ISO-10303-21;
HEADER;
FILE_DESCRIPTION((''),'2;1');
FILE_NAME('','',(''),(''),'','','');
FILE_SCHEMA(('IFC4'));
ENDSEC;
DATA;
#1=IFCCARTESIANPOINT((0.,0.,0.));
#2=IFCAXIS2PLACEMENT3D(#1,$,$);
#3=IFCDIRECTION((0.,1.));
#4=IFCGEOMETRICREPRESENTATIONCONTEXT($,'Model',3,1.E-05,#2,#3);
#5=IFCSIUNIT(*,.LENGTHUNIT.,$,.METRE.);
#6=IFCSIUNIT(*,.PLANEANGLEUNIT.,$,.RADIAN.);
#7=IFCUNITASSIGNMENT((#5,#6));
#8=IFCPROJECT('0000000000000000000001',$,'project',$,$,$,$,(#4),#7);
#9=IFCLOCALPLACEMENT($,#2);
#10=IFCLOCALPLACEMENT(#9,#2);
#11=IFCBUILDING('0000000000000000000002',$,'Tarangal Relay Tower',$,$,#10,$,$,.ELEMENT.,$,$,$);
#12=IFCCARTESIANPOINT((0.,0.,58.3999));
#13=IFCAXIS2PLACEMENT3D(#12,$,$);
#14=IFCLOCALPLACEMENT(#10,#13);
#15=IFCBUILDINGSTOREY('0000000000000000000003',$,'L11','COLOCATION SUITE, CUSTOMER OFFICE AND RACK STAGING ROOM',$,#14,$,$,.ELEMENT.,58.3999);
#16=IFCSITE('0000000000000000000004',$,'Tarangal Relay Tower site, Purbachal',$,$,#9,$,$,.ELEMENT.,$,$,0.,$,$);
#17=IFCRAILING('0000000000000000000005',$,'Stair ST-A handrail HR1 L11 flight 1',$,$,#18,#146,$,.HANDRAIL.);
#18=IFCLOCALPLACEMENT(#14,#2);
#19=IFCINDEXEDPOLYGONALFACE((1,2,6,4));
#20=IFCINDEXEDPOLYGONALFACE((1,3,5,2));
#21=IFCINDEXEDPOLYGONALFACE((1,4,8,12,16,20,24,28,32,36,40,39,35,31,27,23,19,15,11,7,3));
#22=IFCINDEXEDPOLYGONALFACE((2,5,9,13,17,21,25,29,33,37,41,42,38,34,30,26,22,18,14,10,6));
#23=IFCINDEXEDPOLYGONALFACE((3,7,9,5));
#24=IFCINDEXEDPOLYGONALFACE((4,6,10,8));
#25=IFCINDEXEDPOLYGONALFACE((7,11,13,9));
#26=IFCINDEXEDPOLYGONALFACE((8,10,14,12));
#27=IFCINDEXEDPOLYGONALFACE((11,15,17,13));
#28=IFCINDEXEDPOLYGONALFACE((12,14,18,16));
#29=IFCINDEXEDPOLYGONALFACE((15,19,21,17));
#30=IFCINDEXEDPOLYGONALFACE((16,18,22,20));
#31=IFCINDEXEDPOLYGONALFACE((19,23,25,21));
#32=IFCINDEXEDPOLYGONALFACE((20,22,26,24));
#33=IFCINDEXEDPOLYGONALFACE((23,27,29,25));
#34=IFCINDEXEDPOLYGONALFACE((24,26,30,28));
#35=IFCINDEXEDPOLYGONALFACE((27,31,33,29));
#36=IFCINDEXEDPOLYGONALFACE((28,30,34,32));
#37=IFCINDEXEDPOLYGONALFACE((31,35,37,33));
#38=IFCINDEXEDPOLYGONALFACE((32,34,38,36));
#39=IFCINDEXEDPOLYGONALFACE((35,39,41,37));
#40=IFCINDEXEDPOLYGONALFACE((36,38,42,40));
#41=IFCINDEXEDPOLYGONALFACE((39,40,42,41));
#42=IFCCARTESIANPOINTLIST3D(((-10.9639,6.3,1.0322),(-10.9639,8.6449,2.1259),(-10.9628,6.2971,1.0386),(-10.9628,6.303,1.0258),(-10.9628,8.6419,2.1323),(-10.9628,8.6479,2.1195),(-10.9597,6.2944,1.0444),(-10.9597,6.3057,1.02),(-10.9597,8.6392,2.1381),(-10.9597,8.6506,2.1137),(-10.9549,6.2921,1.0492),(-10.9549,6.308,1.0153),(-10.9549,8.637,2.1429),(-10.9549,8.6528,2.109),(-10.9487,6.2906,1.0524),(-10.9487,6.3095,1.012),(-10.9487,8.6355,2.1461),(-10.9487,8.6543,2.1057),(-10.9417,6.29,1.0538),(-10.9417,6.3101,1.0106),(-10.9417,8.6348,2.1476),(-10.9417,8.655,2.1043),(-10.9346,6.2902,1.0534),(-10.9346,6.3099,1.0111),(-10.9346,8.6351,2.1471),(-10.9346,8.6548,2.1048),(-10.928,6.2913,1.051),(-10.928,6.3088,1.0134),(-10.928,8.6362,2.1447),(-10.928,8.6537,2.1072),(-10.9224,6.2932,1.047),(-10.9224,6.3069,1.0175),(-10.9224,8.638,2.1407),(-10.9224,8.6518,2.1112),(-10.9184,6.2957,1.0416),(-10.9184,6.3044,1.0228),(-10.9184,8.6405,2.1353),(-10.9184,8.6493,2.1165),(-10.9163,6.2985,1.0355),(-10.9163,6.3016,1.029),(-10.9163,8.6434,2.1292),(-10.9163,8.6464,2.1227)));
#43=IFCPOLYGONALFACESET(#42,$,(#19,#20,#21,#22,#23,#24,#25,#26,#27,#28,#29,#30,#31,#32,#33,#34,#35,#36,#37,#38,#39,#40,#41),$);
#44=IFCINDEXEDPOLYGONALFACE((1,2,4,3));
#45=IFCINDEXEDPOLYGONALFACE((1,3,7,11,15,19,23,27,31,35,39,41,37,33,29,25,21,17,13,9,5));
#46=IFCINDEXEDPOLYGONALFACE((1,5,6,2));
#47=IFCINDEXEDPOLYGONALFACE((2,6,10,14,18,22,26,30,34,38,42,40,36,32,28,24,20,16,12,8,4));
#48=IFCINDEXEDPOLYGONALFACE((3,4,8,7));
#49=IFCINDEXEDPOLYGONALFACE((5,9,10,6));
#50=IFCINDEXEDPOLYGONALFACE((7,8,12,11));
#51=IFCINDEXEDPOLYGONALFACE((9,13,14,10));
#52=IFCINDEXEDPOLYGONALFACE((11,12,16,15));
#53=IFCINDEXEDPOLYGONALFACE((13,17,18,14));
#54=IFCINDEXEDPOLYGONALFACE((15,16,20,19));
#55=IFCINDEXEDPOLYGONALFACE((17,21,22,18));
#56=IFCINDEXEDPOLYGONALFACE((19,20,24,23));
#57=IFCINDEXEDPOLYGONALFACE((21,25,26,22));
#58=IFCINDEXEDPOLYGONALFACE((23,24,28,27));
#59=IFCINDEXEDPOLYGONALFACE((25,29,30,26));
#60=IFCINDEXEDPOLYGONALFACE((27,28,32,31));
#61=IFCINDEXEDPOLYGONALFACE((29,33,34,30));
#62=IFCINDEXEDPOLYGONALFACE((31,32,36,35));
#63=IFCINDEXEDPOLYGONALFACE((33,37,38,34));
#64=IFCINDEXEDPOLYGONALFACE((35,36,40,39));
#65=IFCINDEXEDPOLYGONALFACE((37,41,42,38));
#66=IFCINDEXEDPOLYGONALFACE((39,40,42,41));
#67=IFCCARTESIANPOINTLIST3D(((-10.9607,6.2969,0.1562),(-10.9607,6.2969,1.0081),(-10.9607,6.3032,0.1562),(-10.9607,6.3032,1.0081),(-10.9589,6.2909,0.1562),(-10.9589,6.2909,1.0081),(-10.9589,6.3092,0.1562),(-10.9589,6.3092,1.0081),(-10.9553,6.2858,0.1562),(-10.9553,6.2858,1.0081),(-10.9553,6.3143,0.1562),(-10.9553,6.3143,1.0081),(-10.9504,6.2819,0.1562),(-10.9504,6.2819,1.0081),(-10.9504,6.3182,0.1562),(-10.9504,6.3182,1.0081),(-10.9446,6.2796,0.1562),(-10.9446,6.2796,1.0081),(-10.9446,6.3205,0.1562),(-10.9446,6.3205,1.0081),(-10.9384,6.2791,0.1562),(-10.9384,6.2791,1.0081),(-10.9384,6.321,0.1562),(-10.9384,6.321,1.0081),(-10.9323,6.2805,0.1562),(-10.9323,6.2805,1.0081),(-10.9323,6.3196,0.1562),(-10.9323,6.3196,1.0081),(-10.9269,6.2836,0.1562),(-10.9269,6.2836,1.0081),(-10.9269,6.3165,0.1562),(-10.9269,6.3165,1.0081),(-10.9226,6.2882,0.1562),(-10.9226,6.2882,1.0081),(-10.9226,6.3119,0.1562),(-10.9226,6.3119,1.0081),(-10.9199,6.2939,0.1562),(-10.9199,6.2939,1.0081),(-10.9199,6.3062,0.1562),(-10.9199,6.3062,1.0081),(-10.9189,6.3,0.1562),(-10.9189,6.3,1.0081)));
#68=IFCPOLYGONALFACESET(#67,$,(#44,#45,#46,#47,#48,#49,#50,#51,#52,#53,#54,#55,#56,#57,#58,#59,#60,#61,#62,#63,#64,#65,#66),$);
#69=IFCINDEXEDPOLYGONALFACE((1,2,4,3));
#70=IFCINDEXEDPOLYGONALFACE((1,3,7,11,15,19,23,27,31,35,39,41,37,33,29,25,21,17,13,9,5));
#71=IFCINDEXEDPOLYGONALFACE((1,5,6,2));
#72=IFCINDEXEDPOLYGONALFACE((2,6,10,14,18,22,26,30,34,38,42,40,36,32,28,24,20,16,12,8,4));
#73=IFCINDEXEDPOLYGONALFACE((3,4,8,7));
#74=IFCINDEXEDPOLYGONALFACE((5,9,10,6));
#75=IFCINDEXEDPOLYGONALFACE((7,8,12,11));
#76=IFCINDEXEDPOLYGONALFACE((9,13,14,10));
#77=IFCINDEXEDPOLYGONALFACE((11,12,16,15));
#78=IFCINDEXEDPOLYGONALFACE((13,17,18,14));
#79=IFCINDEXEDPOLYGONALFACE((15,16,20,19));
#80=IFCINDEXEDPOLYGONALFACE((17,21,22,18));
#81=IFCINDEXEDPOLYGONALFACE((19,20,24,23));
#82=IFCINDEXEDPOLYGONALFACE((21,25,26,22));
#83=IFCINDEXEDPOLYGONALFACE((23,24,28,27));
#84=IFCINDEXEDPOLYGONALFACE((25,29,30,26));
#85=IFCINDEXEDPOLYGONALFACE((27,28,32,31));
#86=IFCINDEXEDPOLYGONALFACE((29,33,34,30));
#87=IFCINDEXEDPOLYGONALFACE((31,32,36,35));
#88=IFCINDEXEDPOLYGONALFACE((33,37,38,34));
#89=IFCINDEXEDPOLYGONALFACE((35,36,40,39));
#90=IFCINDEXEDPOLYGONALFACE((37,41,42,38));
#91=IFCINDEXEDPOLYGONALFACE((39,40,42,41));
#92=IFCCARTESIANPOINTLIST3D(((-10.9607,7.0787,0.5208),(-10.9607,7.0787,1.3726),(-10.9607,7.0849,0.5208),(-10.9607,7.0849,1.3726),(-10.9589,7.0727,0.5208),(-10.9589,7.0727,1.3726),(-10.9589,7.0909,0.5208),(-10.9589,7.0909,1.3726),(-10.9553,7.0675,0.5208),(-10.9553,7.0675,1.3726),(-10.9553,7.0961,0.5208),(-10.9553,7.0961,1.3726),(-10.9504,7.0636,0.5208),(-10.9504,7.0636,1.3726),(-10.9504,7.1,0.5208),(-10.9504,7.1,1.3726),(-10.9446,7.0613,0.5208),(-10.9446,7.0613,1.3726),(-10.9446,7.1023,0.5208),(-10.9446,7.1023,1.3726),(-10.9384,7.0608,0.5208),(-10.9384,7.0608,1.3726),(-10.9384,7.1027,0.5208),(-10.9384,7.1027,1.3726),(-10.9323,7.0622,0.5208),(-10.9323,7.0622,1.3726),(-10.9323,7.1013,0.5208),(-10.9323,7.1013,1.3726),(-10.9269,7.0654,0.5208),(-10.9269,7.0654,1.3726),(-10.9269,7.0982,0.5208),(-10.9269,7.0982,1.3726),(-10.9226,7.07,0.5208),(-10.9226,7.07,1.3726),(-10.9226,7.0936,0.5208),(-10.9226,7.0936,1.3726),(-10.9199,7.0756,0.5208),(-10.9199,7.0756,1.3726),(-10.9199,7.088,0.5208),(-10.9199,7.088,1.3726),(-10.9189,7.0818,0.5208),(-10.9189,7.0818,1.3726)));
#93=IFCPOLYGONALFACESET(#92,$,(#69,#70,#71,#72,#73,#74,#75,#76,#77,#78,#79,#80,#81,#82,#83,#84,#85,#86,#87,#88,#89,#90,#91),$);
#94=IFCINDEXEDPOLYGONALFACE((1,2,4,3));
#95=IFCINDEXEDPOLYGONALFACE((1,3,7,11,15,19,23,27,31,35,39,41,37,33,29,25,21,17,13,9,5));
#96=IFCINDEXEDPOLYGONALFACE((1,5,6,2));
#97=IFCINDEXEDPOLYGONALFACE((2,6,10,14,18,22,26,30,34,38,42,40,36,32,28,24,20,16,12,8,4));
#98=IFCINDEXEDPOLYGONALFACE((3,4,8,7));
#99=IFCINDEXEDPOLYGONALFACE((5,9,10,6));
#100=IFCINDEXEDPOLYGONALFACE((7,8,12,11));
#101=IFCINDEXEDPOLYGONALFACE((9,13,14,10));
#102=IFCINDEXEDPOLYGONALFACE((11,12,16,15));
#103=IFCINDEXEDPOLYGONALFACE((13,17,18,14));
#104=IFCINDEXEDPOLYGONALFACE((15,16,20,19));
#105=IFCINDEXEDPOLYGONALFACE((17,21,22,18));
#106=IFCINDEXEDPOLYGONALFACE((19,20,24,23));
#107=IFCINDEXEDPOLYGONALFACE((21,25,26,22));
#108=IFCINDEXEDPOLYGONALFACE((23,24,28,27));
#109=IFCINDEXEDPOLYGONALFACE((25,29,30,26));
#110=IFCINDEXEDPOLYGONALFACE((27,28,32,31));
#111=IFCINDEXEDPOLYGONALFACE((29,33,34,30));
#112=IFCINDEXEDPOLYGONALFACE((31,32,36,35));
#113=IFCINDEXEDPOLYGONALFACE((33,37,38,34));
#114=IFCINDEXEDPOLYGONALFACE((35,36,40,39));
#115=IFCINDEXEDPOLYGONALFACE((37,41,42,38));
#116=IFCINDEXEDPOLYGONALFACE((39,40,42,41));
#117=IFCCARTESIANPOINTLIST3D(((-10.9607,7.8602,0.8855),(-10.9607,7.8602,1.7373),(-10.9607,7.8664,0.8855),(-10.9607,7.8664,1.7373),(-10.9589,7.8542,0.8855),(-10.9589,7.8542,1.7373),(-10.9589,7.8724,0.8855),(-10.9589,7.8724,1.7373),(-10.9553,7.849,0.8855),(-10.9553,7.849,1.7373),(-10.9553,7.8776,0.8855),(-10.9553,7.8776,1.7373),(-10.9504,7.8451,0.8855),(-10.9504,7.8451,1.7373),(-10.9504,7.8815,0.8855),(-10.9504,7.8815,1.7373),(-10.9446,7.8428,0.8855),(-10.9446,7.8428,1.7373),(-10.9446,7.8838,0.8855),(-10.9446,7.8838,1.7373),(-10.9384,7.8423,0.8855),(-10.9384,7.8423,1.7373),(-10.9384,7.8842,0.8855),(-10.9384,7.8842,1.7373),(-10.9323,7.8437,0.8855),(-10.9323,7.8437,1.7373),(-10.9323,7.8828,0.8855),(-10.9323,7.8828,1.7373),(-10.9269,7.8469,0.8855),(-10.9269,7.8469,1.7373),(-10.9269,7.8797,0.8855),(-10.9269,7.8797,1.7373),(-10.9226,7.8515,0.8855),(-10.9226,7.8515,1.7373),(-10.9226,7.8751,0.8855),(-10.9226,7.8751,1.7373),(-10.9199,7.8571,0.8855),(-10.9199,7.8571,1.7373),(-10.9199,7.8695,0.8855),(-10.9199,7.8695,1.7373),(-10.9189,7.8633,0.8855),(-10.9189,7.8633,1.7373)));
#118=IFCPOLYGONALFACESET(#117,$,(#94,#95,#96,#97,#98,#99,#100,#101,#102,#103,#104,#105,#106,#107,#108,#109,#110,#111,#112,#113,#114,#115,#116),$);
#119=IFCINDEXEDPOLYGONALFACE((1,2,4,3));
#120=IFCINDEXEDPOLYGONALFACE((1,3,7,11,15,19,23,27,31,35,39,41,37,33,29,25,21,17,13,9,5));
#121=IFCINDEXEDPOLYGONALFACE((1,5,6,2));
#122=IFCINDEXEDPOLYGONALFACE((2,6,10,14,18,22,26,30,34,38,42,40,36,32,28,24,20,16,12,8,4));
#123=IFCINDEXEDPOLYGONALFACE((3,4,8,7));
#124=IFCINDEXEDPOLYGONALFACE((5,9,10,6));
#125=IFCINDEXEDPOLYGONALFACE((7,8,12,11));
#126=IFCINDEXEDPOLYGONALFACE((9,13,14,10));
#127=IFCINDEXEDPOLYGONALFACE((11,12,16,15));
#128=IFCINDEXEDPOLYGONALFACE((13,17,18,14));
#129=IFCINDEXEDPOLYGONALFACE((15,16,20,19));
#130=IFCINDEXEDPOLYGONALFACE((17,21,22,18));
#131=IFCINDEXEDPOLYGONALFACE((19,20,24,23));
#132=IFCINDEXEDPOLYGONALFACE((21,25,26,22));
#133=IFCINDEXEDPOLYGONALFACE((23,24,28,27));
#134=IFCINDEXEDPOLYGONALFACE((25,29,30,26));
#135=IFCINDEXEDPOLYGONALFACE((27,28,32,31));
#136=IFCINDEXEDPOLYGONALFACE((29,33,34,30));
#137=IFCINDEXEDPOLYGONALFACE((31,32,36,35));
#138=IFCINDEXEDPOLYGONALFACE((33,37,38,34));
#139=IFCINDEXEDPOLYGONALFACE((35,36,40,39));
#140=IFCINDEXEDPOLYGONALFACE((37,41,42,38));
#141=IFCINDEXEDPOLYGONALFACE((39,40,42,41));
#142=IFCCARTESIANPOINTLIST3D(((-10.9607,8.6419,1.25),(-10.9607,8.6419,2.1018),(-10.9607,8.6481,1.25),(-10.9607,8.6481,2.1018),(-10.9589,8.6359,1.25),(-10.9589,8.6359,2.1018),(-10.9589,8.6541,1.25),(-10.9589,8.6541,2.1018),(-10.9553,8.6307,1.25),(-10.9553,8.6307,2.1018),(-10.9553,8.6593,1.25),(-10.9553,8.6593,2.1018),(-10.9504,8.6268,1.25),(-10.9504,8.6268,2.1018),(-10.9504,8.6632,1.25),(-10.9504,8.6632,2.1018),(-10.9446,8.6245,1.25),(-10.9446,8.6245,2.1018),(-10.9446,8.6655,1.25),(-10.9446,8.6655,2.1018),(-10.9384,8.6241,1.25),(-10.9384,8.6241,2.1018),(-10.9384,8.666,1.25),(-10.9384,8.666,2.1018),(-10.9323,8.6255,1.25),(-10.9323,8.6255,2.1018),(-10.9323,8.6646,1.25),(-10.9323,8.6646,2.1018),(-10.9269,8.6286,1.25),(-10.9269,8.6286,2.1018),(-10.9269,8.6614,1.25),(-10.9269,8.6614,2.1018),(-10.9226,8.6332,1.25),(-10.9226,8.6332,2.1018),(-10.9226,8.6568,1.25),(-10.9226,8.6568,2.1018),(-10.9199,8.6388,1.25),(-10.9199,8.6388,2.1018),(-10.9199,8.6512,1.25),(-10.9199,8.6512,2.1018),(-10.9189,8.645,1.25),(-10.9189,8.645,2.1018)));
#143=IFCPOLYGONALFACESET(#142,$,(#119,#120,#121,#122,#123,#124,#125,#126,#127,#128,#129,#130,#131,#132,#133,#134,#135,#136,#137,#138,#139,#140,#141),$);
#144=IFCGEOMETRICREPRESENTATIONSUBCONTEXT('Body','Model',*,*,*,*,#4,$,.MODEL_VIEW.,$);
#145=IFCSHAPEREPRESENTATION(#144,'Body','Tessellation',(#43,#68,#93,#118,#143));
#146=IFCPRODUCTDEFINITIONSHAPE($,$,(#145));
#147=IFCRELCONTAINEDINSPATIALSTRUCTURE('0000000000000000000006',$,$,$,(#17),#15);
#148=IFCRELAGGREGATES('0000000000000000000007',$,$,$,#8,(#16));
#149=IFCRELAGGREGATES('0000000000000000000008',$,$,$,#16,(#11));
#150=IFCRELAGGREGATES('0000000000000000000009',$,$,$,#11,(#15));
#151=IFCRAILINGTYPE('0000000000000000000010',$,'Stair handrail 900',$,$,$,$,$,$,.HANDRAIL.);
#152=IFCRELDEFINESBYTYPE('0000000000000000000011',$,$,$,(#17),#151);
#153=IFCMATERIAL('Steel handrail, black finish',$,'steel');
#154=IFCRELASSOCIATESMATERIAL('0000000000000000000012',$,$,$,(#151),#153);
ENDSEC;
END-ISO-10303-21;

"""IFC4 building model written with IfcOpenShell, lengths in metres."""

from ifc_helpers import new_model, si_unit, direction, frame, origin, origin_2d, place, context, subcontext, project, spatial, circle, extrude, material, type_object, element, save


model = new_model("IFC4")

# Units and contexts
model_context = context("Model", 3, precision=1e-05, world=origin(), true_north=direction((0.0, 1.0)))
body_context = subcontext(model_context, "Body", "Model", "MODEL_VIEW")
ifc_project = project(units=[si_unit("LENGTHUNIT", "METRE"), si_unit("PLANEANGLEUNIT", "RADIAN")], contexts=[model_context])

# Site, building, storey
site_placement = place(None, origin())
site = spatial("IfcSite", under=ifc_project, at=site_placement, Name="Tarangal Relay Tower site, Purbachal", CompositionType="ELEMENT", RefElevation=0.0)
building_placement = place(site_placement, origin())
building = spatial("IfcBuilding", under=site, at=building_placement, Name="Tarangal Relay Tower", CompositionType="ELEMENT")
storey_placement = place(building_placement, frame((0.0, 0.0, 58.3999)))
storey = spatial("IfcBuildingStorey", under=building, at=storey_placement, Name="L11", Description="COLOCATION SUITE, CUSTOMER OFFICE AND RACK STAGING ROOM", CompositionType="ELEMENT", Elevation=58.3999)

# Railing
ifc_material_1 = material(Name="Steel handrail, black finish", Category="steel")
railing_type_1 = type_object("IfcRailingType", Name="Stair handrail 900", PredefinedType="HANDRAIL", material=ifc_material_1)
for number, where, name in (
    (1, (-10.9399, 6.3, 0.1562), "Stair ST-A handrail HR1 L11 flight 1"),
):
    element("IfcRailing", number, at=place(storey_placement, frame(where)), inside=storey, type_object=railing_type_1, Name=name, PredefinedType="HANDRAIL", context=body_context, shape_type="SweptSolid", body=[
        extrude(circle(Radius=0.0239, at=origin_2d()), frame((0.0, 0.0, 0.876), z_axis=(0.0, 0.906267, 0.422705), x_axis=(-1.0, 0.0, 0.0)), (0.0, 0.0, 1.0), 2.5874),
        extrude(circle(Radius=0.021, at=origin_2d()), origin(), (0.0, 0.0, 1.0), 0.8518),
        extrude(circle(Radius=0.021, at=origin_2d()), frame((0.0, 0.7817, 0.3645)), (0.0, 0.0, 1.0), 0.8518),
        extrude(circle(Radius=0.021, at=origin_2d()), frame((0.0, 1.5632, 0.7292)), (0.0, 0.0, 1.0), 0.8518),
        extrude(circle(Radius=0.021, at=origin_2d()), frame((0.0, 2.345, 1.0938)), (0.0, 0.0, 1.0), 0.8518),
    ])

save(model, "model.ifc")
